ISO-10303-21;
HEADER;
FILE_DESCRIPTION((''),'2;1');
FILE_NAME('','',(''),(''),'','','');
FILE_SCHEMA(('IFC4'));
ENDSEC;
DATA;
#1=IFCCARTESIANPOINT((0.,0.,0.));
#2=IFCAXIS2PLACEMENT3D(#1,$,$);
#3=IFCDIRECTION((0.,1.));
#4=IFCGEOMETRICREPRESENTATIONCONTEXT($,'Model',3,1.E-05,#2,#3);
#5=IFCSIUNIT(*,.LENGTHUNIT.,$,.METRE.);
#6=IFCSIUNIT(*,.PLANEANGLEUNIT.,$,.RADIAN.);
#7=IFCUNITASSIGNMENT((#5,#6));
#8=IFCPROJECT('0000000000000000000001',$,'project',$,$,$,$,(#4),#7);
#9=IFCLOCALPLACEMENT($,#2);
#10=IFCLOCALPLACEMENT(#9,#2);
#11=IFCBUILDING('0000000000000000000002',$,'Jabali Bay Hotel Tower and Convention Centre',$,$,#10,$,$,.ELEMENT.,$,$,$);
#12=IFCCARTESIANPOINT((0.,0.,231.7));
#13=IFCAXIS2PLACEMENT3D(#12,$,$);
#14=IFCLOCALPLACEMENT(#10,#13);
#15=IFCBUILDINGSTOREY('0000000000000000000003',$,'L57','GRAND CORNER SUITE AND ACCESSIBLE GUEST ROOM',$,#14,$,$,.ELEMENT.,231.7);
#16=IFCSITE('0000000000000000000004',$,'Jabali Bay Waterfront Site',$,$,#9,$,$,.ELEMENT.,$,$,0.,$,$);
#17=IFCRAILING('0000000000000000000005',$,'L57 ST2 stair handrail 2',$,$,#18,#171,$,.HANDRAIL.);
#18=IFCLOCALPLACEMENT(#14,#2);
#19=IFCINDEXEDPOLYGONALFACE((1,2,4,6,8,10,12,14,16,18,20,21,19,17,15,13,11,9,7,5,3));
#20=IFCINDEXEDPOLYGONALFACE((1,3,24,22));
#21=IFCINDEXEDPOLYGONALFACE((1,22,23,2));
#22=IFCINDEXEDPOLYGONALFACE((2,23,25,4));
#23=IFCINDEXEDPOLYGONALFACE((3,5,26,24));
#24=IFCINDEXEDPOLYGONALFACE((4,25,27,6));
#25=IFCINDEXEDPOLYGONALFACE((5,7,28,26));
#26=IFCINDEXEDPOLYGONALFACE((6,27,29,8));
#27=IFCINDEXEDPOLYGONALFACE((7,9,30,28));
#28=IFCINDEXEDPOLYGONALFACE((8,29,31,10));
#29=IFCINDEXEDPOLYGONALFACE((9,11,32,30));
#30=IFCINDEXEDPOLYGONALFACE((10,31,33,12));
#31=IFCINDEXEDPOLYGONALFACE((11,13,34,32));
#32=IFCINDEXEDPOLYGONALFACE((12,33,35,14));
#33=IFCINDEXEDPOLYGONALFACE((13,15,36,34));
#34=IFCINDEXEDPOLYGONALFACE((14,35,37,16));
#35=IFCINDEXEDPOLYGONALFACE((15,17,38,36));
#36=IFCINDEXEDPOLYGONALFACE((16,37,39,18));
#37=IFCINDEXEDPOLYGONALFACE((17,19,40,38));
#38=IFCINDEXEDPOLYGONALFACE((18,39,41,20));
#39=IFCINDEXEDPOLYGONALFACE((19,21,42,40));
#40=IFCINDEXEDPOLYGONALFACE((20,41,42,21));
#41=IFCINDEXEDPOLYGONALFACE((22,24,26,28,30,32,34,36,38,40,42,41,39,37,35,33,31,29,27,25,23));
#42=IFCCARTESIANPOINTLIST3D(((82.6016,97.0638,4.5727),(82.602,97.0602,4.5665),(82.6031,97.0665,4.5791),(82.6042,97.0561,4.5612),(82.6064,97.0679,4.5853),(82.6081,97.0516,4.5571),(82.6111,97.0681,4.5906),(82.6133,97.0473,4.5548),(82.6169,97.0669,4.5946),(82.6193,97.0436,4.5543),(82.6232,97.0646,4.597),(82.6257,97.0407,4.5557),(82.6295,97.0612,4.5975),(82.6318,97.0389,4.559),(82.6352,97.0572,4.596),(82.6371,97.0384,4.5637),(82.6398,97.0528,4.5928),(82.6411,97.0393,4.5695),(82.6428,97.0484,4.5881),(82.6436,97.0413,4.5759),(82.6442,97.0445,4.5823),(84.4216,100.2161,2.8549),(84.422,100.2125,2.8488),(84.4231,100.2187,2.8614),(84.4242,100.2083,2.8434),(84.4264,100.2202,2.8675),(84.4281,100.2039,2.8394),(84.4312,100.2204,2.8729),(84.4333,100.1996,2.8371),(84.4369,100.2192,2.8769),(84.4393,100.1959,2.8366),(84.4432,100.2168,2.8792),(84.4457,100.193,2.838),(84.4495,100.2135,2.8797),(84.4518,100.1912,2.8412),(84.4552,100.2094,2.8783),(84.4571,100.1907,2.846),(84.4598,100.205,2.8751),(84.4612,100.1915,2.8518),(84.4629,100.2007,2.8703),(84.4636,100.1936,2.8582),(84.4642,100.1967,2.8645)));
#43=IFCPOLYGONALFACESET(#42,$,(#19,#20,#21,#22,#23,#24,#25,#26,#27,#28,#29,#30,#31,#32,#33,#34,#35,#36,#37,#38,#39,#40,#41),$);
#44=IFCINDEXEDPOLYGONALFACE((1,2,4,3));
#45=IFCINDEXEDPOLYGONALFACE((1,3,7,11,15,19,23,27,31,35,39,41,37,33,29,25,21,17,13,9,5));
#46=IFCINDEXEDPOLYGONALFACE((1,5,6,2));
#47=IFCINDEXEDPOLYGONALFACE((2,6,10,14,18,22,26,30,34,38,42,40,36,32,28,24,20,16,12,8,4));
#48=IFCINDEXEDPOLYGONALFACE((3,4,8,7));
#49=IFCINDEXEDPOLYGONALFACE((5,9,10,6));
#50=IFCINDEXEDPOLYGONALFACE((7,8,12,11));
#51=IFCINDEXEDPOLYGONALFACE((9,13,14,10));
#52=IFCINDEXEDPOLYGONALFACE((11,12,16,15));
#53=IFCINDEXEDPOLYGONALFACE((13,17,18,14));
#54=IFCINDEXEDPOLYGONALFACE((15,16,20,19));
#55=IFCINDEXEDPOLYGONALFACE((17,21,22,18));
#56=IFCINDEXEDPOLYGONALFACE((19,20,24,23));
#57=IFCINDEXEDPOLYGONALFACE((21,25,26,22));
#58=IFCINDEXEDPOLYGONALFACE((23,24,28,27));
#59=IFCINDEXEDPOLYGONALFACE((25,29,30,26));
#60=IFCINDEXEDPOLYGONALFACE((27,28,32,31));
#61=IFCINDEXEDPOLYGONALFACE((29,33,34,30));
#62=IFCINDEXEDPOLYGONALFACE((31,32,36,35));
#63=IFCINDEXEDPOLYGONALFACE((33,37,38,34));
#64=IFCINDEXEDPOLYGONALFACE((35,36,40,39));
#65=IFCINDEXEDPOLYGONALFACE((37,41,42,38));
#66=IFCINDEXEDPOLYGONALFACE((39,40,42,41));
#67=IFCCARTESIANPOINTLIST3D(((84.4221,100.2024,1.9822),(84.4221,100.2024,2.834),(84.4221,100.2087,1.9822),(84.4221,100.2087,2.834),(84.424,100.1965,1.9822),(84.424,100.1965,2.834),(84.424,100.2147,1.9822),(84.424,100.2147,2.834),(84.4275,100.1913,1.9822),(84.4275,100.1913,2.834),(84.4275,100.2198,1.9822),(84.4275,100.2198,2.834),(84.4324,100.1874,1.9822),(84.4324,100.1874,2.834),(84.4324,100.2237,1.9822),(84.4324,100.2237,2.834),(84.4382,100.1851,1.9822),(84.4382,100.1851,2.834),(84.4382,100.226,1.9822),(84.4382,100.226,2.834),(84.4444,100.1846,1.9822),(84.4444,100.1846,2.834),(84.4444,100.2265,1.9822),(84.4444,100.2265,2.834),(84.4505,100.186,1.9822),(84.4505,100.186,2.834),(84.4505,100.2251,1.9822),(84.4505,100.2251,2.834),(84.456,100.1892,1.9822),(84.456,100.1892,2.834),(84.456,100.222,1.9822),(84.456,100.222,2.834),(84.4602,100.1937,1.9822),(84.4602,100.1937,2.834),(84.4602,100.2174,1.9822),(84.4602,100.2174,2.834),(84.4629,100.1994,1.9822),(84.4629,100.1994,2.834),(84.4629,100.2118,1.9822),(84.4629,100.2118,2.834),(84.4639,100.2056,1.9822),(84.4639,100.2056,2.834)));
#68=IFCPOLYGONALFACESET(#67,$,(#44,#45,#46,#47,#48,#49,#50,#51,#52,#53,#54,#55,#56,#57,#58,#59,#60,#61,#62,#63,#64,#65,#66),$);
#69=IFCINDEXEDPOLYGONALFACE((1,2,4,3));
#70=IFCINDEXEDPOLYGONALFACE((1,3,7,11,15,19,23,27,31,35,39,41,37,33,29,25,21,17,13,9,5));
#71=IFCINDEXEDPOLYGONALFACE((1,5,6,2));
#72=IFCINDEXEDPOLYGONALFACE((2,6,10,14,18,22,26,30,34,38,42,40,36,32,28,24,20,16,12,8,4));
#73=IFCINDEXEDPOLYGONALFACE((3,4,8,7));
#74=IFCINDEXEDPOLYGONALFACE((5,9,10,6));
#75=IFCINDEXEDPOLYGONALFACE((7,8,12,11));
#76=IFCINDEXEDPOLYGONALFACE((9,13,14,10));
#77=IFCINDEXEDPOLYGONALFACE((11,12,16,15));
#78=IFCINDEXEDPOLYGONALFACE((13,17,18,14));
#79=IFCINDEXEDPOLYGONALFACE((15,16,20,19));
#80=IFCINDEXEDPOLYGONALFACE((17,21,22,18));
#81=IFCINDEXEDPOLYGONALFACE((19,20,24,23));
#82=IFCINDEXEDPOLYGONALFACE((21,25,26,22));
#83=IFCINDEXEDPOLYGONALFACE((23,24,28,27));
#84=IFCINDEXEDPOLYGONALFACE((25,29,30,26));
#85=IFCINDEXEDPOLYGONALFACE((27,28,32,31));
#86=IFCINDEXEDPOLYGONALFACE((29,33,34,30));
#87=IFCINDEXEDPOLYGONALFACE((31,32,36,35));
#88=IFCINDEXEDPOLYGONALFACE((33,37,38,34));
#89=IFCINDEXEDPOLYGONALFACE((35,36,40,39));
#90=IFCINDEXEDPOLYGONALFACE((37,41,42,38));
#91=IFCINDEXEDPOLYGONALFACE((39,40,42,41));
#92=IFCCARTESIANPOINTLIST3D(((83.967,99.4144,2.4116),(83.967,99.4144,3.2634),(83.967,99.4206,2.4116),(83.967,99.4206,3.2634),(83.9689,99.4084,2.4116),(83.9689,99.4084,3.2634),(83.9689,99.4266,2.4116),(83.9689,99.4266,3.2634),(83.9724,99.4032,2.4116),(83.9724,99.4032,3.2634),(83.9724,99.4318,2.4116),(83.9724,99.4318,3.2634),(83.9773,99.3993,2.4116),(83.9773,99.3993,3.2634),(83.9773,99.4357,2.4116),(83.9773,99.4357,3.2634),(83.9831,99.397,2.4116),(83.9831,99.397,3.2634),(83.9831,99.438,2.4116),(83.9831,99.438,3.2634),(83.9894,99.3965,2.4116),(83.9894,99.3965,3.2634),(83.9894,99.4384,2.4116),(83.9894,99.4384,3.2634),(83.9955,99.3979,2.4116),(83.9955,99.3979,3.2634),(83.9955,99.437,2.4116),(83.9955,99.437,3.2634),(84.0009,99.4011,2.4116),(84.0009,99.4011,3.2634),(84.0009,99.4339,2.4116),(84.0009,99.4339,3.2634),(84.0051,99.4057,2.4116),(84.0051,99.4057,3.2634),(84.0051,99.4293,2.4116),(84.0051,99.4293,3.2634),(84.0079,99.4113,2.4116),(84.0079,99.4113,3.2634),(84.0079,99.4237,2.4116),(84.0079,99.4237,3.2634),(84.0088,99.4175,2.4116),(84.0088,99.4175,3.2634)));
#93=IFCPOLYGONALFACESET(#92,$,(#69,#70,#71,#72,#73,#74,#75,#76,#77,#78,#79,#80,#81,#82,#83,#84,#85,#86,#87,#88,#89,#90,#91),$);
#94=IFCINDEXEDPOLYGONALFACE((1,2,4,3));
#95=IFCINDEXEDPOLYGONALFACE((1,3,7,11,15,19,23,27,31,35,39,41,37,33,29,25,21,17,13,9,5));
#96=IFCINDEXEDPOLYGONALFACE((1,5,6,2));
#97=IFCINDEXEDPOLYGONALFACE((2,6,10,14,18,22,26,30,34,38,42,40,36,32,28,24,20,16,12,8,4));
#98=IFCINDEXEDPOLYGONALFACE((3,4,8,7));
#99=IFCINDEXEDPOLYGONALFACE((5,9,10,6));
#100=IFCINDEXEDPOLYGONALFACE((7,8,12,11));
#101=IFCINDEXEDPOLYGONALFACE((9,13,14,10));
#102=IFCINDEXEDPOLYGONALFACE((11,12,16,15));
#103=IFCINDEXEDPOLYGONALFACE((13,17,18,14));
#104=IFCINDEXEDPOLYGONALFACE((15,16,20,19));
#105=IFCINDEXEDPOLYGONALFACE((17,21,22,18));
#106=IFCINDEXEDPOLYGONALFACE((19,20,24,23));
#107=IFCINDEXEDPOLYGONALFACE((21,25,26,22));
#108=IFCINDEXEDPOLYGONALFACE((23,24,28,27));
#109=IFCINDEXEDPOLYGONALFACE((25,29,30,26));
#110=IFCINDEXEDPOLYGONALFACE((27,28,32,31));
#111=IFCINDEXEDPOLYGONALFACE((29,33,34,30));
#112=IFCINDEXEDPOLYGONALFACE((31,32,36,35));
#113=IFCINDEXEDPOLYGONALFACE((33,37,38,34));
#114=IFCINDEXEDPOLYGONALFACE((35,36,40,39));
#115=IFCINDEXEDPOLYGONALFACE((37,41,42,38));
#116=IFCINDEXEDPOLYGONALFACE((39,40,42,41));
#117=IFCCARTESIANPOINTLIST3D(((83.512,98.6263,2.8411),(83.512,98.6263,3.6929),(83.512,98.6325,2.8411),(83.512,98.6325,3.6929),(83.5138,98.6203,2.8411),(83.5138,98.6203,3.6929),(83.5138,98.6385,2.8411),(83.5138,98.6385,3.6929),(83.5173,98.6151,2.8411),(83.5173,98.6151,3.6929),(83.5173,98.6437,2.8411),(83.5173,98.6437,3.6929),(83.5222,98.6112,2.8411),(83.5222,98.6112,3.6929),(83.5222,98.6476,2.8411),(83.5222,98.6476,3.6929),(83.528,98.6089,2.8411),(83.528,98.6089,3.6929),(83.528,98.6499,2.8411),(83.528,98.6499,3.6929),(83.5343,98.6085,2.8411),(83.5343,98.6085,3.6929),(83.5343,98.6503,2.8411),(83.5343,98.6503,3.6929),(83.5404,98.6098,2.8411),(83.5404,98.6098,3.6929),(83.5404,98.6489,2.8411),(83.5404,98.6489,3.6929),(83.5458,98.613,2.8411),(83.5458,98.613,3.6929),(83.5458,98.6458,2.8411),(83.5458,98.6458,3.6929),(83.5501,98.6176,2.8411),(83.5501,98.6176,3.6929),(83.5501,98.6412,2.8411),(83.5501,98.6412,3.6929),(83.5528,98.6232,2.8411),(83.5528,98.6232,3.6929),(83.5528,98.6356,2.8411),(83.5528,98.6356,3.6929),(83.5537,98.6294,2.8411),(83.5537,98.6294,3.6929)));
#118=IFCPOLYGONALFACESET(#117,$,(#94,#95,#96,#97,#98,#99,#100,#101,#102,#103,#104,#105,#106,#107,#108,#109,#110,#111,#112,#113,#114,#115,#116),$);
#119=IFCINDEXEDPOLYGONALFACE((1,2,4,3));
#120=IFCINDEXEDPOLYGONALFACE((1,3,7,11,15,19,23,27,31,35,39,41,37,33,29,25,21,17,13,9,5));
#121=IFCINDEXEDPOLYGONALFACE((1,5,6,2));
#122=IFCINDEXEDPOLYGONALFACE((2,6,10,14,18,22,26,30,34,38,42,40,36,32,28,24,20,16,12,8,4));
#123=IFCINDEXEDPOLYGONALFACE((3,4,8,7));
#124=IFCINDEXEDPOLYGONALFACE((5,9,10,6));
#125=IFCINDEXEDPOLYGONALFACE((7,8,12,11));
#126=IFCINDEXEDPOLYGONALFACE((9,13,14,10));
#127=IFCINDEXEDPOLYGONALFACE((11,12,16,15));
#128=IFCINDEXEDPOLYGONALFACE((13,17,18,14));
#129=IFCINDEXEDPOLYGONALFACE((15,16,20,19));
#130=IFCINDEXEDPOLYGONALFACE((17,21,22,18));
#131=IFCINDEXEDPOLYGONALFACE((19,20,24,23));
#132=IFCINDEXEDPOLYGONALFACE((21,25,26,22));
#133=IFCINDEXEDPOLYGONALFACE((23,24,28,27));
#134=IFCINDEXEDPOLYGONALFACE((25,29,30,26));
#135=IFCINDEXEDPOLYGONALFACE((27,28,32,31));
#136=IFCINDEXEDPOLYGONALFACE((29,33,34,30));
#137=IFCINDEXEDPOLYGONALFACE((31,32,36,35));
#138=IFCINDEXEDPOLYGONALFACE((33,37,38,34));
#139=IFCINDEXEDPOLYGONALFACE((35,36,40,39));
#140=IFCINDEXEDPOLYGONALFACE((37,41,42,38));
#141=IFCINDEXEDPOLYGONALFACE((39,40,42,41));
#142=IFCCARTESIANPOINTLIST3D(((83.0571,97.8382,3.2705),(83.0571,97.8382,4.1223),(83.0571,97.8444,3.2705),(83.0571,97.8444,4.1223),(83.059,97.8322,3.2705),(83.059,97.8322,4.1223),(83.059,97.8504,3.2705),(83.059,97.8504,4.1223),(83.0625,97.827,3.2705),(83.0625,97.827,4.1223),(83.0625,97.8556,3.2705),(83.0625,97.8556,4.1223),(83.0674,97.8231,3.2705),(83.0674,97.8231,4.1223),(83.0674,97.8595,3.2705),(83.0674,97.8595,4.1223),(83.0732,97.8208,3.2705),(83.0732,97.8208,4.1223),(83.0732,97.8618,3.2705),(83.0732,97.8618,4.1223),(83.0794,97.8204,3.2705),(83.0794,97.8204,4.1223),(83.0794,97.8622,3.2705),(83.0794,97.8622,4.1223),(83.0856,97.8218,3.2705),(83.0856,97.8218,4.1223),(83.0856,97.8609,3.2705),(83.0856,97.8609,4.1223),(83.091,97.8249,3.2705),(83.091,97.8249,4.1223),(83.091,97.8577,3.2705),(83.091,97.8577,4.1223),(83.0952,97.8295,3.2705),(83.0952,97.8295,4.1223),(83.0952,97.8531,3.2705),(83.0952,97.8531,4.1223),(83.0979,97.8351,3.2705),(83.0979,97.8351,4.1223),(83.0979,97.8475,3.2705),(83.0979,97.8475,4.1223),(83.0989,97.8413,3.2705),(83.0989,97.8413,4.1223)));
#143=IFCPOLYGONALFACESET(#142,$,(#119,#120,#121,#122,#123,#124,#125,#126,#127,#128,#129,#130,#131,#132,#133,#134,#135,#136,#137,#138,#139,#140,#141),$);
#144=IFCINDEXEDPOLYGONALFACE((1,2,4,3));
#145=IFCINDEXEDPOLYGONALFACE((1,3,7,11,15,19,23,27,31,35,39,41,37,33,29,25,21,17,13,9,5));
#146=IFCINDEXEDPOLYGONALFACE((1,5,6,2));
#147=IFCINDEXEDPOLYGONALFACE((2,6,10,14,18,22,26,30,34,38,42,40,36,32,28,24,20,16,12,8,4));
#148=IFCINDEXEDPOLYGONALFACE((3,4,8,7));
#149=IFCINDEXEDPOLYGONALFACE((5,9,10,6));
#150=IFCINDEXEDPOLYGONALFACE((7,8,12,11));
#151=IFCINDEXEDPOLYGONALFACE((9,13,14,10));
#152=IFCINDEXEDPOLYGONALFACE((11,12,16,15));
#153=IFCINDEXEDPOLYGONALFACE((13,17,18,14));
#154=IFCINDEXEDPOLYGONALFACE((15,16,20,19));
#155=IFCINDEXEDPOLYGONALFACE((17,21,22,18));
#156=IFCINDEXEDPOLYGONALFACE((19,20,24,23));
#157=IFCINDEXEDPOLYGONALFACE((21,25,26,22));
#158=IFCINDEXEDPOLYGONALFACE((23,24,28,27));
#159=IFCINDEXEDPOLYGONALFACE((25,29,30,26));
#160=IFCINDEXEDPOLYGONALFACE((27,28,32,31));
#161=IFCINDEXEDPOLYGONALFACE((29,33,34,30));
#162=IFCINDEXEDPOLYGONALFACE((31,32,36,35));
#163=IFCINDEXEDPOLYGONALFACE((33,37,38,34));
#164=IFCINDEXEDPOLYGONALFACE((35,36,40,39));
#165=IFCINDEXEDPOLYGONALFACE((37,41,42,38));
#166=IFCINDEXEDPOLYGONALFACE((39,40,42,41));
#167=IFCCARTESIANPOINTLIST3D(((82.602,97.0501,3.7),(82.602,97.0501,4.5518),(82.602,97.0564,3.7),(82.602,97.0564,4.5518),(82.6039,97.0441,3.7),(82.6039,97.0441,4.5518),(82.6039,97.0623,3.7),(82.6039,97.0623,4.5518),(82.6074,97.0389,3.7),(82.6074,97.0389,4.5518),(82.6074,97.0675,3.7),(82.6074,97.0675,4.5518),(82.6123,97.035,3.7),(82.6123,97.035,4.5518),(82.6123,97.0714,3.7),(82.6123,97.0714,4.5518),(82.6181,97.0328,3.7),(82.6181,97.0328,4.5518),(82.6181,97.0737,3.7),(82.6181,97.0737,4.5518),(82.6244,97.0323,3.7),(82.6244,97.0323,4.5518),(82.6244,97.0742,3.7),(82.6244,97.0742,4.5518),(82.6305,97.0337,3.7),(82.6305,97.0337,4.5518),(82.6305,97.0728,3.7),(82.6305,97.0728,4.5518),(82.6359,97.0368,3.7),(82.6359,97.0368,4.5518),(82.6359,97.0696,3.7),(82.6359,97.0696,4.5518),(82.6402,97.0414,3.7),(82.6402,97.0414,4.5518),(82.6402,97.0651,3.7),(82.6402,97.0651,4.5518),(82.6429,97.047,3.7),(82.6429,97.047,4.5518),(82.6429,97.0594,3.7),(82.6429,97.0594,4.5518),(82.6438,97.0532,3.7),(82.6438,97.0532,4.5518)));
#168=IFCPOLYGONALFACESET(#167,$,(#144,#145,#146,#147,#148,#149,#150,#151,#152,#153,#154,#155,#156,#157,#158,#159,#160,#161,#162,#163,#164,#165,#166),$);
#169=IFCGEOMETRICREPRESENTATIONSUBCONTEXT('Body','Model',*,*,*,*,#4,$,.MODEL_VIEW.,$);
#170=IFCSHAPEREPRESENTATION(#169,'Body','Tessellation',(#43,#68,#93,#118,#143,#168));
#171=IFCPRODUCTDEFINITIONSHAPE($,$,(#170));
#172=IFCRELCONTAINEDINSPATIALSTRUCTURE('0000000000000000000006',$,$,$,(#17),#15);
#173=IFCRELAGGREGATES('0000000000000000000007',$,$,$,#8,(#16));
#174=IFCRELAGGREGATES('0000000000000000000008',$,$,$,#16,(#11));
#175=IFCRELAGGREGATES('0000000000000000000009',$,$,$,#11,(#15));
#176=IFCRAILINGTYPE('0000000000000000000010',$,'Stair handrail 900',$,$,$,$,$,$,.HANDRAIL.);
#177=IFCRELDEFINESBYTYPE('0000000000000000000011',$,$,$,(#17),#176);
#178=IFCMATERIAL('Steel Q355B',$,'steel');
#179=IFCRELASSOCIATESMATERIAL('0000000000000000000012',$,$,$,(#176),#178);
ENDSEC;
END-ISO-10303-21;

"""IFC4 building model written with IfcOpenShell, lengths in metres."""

from ifc_helpers import new_model, si_unit, direction, frame, origin, origin_2d, place, context, subcontext, project, spatial, circle, extrude, material, type_object, element, save


model = new_model("IFC4")

# Units and contexts
model_context = context("Model", 3, precision=1e-05, world=origin(), true_north=direction((0.0, 1.0)))
body_context = subcontext(model_context, "Body", "Model", "MODEL_VIEW")
ifc_project = project(units=[si_unit("LENGTHUNIT", "METRE"), si_unit("PLANEANGLEUNIT", "RADIAN")], contexts=[model_context])

# Site, building, storey
site_placement = place(None, origin())
site = spatial("IfcSite", under=ifc_project, at=site_placement, Name="Jabali Bay Waterfront Site", CompositionType="ELEMENT", RefElevation=0.0)
building_placement = place(site_placement, origin())
building = spatial("IfcBuilding", under=site, at=building_placement, Name="Jabali Bay Hotel Tower and Convention Centre", CompositionType="ELEMENT")
storey_placement = place(building_placement, frame((0.0, 0.0, 231.7)))
storey = spatial("IfcBuildingStorey", under=building, at=storey_placement, Name="L57", Description="GRAND CORNER SUITE AND ACCESSIBLE GUEST ROOM", CompositionType="ELEMENT", Elevation=231.7)

# Railing
ifc_material_1 = material(Name="Steel Q355B", Category="steel")
railing_type_1 = type_object("IfcRailingType", Name="Stair handrail 900", PredefinedType="HANDRAIL", material=ifc_material_1)
railing_1_placement = place(storey_placement, frame((84.4429, 100.2056, 1.9822)))
element("IfcRailing", 1, at=railing_1_placement, inside=storey, type_object=railing_type_1, Name="L57 ST2 stair handrail 2", PredefinedType="HANDRAIL", context=body_context, shape_type="SweptSolid", body=[
    extrude(circle(Radius=0.0239, at=origin_2d()), frame((0.0, 0.0, 0.876), z_axis=(-0.45219, -0.78319, 0.426775), x_axis=(0.866018, -0.500013, 0.0)), (0.0, 0.0, 1.0), 4.0249),
    extrude(circle(Radius=0.021, at=origin_2d()), origin(), (0.0, 0.0, 1.0), 0.8518),
    extrude(circle(Radius=0.021, at=origin_2d()), frame((-0.4551, -0.7881, 0.4294)), (0.0, 0.0, 1.0), 0.8518),
    extrude(circle(Radius=0.021, at=origin_2d()), frame((-0.9102, -1.5762, 0.8589)), (0.0, 0.0, 1.0), 0.8518),
    extrude(circle(Radius=0.021, at=origin_2d()), frame((-1.365, -2.3643, 1.2883)), (0.0, 0.0, 1.0), 0.8518),
    extrude(circle(Radius=0.021, at=origin_2d()), frame((-1.8201, -3.1523, 1.7178)), (0.0, 0.0, 1.0), 0.8518),
])

save(model, "model.ifc")
